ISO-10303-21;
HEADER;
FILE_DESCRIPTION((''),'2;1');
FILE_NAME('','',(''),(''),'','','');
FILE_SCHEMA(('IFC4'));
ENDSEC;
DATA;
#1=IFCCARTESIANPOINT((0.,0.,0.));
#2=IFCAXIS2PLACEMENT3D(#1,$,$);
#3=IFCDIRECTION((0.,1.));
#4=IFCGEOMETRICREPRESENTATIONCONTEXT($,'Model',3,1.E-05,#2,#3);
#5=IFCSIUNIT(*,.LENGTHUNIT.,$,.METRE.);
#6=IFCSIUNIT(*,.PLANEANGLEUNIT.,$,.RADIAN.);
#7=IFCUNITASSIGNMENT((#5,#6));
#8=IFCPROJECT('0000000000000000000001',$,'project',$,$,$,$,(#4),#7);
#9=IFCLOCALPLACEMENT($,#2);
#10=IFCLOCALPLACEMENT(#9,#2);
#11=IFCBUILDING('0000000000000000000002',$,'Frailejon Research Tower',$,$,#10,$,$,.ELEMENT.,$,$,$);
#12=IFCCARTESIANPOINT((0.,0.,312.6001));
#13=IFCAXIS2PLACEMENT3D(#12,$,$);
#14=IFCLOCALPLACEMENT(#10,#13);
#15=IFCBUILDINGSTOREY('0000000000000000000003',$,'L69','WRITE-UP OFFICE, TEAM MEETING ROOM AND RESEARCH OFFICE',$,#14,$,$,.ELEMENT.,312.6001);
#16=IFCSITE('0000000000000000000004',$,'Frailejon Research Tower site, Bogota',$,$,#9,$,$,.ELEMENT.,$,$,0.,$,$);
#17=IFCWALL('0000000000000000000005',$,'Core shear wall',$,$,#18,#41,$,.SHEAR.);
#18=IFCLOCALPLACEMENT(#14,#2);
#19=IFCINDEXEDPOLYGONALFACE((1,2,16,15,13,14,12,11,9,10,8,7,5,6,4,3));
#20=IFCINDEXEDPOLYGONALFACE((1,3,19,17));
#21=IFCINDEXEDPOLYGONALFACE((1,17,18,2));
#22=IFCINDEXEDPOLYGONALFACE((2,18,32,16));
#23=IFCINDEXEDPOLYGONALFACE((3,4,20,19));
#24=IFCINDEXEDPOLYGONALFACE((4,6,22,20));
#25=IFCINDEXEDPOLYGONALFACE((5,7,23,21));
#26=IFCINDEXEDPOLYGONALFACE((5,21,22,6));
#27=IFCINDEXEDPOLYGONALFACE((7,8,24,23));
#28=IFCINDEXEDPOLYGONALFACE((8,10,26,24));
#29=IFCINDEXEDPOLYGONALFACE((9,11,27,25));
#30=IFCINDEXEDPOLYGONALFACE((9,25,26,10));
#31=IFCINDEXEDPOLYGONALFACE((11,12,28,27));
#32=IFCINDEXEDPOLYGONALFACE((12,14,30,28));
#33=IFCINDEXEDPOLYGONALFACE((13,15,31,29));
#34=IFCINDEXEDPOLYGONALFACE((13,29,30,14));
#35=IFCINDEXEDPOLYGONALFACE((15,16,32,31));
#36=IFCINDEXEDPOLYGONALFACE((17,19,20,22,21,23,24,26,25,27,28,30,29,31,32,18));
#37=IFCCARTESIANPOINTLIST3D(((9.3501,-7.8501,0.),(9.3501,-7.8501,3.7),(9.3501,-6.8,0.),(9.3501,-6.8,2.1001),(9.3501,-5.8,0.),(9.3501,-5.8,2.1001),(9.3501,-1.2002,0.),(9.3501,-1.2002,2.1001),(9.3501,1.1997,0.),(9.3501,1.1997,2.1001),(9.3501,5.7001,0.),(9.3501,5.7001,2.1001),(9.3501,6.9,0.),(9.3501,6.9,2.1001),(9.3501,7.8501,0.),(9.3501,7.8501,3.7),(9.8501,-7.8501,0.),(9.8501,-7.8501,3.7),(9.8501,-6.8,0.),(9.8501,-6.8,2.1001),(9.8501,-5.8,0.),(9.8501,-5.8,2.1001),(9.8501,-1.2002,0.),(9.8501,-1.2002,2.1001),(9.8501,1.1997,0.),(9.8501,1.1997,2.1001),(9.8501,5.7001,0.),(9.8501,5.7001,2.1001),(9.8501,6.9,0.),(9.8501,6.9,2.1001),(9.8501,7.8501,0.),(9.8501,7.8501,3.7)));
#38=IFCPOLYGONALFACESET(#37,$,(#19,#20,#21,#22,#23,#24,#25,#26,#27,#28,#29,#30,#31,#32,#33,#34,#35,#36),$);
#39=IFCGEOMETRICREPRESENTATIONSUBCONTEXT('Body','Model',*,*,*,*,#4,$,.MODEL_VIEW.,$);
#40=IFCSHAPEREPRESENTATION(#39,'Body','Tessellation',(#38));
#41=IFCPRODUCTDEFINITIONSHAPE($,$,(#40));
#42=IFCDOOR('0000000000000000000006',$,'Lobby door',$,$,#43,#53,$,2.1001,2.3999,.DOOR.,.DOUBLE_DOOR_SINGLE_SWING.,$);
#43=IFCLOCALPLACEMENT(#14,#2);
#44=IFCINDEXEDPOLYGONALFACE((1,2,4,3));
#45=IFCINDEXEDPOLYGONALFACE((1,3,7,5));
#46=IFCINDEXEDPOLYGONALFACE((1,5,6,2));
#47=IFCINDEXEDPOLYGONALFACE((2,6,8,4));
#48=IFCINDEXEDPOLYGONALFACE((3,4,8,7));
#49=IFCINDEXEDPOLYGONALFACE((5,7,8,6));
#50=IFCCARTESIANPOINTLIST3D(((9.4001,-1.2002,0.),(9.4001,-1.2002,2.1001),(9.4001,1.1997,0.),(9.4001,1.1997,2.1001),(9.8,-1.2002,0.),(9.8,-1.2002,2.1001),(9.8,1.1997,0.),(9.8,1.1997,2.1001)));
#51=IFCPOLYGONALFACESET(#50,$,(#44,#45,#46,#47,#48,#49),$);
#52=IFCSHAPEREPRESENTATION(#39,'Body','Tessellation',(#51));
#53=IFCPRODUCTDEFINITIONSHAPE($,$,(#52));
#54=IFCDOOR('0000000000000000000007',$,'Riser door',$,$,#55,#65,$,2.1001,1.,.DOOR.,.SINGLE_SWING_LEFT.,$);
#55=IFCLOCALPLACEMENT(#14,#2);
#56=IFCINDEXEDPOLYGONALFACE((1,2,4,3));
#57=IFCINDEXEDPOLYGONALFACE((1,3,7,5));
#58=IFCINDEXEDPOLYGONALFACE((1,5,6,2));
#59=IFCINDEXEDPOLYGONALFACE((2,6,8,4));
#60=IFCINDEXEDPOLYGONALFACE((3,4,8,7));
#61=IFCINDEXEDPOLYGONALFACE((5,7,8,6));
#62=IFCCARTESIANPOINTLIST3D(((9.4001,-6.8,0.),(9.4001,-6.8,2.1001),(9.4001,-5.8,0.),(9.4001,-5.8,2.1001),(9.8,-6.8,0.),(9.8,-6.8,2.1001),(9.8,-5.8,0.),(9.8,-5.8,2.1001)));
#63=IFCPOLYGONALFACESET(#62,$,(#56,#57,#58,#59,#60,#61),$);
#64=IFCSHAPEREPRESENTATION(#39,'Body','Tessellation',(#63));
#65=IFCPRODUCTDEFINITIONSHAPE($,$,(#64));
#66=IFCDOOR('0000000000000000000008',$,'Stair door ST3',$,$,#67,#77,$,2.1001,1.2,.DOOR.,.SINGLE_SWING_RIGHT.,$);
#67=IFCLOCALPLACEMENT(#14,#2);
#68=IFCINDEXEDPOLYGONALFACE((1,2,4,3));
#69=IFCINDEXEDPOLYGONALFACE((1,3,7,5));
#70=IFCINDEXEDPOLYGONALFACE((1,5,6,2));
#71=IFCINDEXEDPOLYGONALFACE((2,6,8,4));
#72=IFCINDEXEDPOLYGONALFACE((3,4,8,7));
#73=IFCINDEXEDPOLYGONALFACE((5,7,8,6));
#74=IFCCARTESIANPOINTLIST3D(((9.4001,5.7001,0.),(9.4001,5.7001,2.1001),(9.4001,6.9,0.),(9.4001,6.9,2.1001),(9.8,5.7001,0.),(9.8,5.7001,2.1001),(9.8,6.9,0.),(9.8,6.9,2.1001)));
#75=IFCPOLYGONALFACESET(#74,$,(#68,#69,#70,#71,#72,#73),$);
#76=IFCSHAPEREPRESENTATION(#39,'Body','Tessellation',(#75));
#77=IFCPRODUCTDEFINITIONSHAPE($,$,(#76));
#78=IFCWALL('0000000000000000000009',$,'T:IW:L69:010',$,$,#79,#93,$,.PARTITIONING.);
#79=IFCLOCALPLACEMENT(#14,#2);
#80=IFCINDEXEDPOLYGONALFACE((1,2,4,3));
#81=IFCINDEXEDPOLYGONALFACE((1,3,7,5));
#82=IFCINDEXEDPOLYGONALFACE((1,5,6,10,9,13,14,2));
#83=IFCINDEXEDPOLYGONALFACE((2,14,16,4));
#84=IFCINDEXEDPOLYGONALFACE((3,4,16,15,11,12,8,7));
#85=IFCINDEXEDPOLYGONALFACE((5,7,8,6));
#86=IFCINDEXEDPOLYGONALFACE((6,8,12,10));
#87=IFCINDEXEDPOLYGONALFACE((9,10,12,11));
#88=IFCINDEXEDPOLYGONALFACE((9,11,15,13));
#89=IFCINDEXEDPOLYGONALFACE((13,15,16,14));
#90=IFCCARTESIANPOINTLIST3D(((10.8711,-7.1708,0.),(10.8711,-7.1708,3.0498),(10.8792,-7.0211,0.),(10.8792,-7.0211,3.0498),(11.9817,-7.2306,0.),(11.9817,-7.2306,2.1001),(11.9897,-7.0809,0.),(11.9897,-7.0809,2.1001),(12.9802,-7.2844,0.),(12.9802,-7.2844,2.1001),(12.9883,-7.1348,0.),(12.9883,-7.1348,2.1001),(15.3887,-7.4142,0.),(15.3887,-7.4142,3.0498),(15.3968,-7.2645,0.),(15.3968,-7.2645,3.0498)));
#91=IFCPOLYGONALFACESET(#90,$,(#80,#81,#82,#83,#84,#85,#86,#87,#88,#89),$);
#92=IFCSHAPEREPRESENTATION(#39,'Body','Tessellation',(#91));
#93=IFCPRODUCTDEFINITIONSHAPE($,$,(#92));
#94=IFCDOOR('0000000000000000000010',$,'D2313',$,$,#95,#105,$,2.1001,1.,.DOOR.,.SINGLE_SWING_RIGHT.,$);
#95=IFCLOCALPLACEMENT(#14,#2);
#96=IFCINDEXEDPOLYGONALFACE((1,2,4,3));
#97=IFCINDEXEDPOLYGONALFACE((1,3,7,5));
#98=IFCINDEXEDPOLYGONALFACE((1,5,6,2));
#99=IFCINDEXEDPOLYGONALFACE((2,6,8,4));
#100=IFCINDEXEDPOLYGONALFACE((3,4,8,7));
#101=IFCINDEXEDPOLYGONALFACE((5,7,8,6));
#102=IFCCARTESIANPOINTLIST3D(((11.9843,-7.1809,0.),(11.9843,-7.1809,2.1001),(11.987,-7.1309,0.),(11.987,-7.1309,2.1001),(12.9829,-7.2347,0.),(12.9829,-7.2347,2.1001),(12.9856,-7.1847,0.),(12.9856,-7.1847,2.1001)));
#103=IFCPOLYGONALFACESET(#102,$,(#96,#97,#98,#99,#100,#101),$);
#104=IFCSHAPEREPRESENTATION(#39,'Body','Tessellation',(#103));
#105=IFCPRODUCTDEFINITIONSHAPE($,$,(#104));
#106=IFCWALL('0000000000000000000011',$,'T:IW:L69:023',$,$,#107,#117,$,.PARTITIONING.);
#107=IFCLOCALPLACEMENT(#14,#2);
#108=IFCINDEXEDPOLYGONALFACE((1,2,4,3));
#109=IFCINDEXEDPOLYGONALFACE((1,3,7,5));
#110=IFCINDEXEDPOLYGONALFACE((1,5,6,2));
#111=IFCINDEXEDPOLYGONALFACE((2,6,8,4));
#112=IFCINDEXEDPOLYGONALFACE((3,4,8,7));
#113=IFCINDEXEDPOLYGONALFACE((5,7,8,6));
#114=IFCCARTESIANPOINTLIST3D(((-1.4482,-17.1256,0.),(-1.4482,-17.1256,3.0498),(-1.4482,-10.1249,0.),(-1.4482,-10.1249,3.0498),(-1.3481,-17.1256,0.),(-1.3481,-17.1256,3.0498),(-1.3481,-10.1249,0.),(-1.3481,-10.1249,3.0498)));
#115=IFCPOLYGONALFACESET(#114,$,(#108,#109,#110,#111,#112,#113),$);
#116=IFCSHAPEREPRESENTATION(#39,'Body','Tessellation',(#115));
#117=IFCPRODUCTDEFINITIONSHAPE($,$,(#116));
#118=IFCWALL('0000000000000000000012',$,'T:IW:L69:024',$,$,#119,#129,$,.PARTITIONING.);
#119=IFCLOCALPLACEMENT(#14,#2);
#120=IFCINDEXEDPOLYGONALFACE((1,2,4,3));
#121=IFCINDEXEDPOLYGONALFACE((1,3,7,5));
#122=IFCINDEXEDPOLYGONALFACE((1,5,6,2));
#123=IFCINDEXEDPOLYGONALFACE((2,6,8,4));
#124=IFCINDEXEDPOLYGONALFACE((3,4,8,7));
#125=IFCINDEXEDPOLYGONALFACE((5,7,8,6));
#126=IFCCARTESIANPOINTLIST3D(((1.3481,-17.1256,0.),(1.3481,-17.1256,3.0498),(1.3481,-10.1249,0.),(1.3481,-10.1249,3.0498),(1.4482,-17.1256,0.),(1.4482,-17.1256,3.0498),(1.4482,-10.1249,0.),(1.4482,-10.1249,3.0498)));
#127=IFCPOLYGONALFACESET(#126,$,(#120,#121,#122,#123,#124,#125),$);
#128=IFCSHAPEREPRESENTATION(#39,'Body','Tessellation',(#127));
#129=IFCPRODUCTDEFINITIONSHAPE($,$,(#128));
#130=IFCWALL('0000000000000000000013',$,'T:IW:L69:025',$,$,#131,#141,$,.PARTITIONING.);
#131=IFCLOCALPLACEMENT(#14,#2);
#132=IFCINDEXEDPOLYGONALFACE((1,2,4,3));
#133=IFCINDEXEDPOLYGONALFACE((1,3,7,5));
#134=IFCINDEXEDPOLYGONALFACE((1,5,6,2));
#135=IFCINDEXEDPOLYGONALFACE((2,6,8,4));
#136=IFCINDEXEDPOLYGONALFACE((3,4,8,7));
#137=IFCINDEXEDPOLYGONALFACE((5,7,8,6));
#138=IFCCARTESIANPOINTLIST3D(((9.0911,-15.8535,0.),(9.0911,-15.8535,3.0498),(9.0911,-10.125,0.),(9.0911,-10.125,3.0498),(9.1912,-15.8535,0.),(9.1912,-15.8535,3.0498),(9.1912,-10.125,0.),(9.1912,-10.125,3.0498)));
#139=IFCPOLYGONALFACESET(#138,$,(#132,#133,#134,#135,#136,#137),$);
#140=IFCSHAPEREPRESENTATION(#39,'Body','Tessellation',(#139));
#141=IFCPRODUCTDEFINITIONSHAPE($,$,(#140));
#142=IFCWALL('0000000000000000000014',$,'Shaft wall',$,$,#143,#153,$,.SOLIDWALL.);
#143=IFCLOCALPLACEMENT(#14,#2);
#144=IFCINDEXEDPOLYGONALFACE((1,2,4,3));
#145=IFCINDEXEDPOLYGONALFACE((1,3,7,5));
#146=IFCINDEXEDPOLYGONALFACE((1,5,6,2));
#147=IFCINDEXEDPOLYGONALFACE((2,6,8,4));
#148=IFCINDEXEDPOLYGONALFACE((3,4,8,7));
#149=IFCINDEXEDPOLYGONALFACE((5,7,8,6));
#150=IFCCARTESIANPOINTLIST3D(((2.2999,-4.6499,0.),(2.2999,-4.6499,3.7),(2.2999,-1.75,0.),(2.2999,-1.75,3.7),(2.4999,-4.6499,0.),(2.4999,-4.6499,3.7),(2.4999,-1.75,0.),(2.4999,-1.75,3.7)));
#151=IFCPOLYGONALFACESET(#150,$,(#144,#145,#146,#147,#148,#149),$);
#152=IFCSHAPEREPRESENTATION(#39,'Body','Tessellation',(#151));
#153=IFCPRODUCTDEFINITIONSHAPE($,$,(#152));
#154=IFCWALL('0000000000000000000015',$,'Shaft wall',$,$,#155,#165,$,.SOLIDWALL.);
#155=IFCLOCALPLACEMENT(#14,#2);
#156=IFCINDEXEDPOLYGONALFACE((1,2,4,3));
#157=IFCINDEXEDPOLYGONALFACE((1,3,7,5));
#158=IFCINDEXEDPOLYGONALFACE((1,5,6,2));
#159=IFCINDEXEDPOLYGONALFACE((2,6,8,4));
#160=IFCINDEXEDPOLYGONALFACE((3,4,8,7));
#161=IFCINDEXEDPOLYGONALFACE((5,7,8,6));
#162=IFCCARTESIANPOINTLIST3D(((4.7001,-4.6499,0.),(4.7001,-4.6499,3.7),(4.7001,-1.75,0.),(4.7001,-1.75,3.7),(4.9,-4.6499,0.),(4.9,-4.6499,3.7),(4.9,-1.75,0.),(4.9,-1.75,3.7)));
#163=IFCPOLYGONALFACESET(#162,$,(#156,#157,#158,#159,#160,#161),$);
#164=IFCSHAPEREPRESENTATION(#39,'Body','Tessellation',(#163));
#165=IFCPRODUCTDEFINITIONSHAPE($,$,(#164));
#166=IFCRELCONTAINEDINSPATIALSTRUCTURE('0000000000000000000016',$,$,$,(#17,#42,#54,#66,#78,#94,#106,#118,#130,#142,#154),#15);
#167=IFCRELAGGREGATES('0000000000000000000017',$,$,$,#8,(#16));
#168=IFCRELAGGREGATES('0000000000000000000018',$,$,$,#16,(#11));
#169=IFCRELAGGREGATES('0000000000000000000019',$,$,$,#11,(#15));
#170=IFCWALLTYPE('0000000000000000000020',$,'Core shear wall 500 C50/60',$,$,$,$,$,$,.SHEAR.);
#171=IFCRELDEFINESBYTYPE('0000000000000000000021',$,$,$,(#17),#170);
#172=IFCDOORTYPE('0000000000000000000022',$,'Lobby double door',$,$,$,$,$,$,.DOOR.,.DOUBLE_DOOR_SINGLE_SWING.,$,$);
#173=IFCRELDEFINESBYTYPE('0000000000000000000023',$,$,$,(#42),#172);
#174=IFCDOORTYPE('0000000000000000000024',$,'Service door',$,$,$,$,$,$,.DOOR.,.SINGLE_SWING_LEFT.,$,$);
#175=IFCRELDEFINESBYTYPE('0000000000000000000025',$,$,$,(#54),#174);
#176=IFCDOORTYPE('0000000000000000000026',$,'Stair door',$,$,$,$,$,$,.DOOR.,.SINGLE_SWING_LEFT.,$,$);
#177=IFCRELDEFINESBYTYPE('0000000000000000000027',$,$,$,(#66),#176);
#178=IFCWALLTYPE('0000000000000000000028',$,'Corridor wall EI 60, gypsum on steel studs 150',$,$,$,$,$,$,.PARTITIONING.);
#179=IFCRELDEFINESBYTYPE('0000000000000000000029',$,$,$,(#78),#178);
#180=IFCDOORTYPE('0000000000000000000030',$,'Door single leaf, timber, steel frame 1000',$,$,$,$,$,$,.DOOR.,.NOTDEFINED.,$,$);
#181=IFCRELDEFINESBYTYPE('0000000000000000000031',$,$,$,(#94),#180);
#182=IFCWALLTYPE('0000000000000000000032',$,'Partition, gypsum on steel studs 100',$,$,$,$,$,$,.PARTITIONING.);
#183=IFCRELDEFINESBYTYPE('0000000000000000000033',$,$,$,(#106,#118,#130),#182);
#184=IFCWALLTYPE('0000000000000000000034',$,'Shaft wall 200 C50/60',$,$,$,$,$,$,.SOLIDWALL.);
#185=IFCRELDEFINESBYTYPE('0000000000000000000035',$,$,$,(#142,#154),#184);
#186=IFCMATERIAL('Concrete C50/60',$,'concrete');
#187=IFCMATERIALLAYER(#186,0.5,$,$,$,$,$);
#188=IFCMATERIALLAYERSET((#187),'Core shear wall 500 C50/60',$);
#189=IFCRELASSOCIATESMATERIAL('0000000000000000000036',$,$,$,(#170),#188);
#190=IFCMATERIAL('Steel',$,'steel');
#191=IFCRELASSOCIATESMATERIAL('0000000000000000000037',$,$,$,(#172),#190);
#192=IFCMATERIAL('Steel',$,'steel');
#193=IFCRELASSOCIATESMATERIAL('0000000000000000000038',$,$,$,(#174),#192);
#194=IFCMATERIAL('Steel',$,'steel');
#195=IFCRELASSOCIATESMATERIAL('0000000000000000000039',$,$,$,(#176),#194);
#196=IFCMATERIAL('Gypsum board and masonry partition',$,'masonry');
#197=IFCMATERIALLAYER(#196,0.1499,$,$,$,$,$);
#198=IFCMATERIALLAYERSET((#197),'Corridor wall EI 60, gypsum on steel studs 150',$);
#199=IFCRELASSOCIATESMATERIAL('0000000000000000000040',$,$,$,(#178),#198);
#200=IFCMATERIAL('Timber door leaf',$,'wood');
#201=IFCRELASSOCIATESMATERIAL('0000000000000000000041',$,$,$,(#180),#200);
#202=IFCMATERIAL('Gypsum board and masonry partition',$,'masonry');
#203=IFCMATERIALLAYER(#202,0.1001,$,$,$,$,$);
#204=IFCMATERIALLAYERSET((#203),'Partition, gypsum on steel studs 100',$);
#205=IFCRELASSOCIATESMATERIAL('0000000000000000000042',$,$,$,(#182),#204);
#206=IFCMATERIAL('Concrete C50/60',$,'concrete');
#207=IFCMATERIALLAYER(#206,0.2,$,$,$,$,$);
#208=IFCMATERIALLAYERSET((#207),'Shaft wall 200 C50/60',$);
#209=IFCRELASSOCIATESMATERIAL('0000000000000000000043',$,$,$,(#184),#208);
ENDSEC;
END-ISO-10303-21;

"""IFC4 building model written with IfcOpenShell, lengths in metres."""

from ifc_helpers import new_model, si_unit, direction, frame, frame_2d, origin, place, context, subcontext, project, spatial, rectangle, extrude, material, layer, layer_set, type_object, element, fill, save


model = new_model("IFC4")

# Units and contexts
model_context = context("Model", 3, precision=1e-05, world=origin(), true_north=direction((0.0, 1.0)))
body_context = subcontext(model_context, "Body", "Model", "MODEL_VIEW")
ifc_project = project(units=[si_unit("LENGTHUNIT", "METRE"), si_unit("PLANEANGLEUNIT", "RADIAN")], contexts=[model_context])

# Site, building, storey
site_placement = place(None, origin())
site = spatial("IfcSite", under=ifc_project, at=site_placement, Name="Frailejon Research Tower site, Bogota", CompositionType="ELEMENT", RefElevation=0.0)
building_placement = place(site_placement, origin())
building = spatial("IfcBuilding", under=site, at=building_placement, Name="Frailejon Research Tower", CompositionType="ELEMENT")
storey_placement = place(building_placement, frame((0.0, 0.0, 312.6001)))
storey = spatial("IfcBuildingStorey", under=building, at=storey_placement, Name="L69", Description="WRITE-UP OFFICE, TEAM MEETING ROOM AND RESEARCH OFFICE", CompositionType="ELEMENT", Elevation=312.6001)

# Wall, openings, doors
ifc_material_1 = material(Name="Concrete C50/60", Category="concrete")
ifc_layer_1 = layer(ifc_material_1, 0.5)
ifc_layer_set_1 = layer_set([ifc_layer_1], Name="Core shear wall 500 C50/60")
wall_type_1 = type_object("IfcWallType", Name="Core shear wall 500 C50/60", PredefinedType="SHEAR", material=ifc_layer_set_1)
wall_1_placement = place(storey_placement, frame((9.6001, -7.8501, 0.0), z_axis=(0.0, 0.0, 1.0), x_axis=(0.0, 1.0, 0.0)))
wall_1 = element("IfcWall", 1, at=wall_1_placement, inside=storey, type_object=wall_type_1, Name="Core shear wall", PredefinedType="SHEAR", context=body_context, shape_type="SweptSolid", body=[
    extrude(rectangle(XDim=15.7002, YDim=0.5, at=frame_2d((7.8501, 0.0))), origin(), (0.0, 0.0, 1.0), 3.7),
])
opening_1_placement = place(wall_1_placement, frame((6.6499, 0.0, 0.0)))
opening_1 = element("IfcOpeningElement", 2, at=opening_1_placement, cuts=wall_1, PredefinedType="OPENING", context=body_context, shape_type="SweptSolid", body=[
    extrude(rectangle(XDim=2.3999, YDim=2.1001, at=frame_2d((1.2, 1.05))), frame((0.0, 0.26, 0.0), z_axis=(0.0, -1.0, 0.0), x_axis=(1.0, 0.0, 0.0)), (0.0, 0.0, 1.0), 0.52),
])
opening_2_placement = place(wall_1_placement, frame((13.55, 0.0, 0.0)))
opening_2 = element("IfcOpeningElement", 3, at=opening_2_placement, cuts=wall_1, PredefinedType="OPENING", context=body_context, shape_type="SweptSolid", body=[
    extrude(rectangle(XDim=1.2, YDim=2.1001, at=frame_2d((0.6001, 1.05))), frame((0.0, 0.26, 0.0), z_axis=(0.0, -1.0, 0.0), x_axis=(1.0, 0.0, 0.0)), (0.0, 0.0, 1.0), 0.52),
])
opening_3_placement = place(wall_1_placement, frame((1.05, 0.0, 0.0)))
opening_3 = element("IfcOpeningElement", 4, at=opening_3_placement, cuts=wall_1, PredefinedType="OPENING", context=body_context, shape_type="SweptSolid", body=[
    extrude(rectangle(XDim=1.0, YDim=2.1001, at=frame_2d((0.5, 1.05))), frame((0.0, 0.26, 0.0), z_axis=(0.0, -1.0, 0.0), x_axis=(1.0, 0.0, 0.0)), (0.0, 0.0, 1.0), 0.52),
])
ifc_material_2 = material(Name="Steel", Category="steel")
door_type_1 = type_object("IfcDoorType", Name="Lobby double door", OperationType="DOUBLE_DOOR_SINGLE_SWING", PredefinedType="DOOR", material=ifc_material_2)
door_1_placement = place(opening_1_placement, origin())
door_1 = element("IfcDoor", 5, at=door_1_placement, inside=storey, type_object=door_type_1, Name="Lobby door", OperationType="DOUBLE_DOOR_SINGLE_SWING", OverallHeight=2.1001, OverallWidth=2.3999, PredefinedType="DOOR", context=body_context, shape_type="SweptSolid", body=[
    extrude(rectangle(XDim=2.3999, YDim=2.1001, at=frame_2d((1.2, 1.05))), frame((0.0, 0.2, 0.0), z_axis=(0.0, -1.0, 0.0), x_axis=(1.0, 0.0, 0.0)), (0.0, 0.0, 1.0), 0.3999),
])
fill(opening_1, door_1)
ifc_material_3 = material(Name="Steel", Category="steel")
door_type_2 = type_object("IfcDoorType", Name="Service door", OperationType="SINGLE_SWING_LEFT", PredefinedType="DOOR", material=ifc_material_3)
door_2_placement = place(opening_3_placement, origin())
door_2 = element("IfcDoor", 6, at=door_2_placement, inside=storey, type_object=door_type_2, Name="Riser door", OperationType="SINGLE_SWING_LEFT", OverallHeight=2.1001, OverallWidth=1.0, PredefinedType="DOOR", context=body_context, shape_type="SweptSolid", body=[
    extrude(rectangle(XDim=1.0, YDim=2.1001, at=frame_2d((0.5, 1.05))), frame((0.0, 0.2, 0.0), z_axis=(0.0, -1.0, 0.0), x_axis=(1.0, 0.0, 0.0)), (0.0, 0.0, 1.0), 0.3999),
])
fill(opening_3, door_2)
ifc_material_4 = material(Name="Steel", Category="steel")
door_type_3 = type_object("IfcDoorType", Name="Stair door", OperationType="SINGLE_SWING_LEFT", PredefinedType="DOOR", material=ifc_material_4)
door_3_placement = place(opening_2_placement, origin())
door_3 = element("IfcDoor", 7, at=door_3_placement, inside=storey, type_object=door_type_3, Name="Stair door ST3", OperationType="SINGLE_SWING_RIGHT", OverallHeight=2.1001, OverallWidth=1.2, PredefinedType="DOOR", context=body_context, shape_type="SweptSolid", body=[
    extrude(rectangle(XDim=1.2, YDim=2.1001, at=frame_2d((0.6001, 1.05))), frame((0.0, 0.2, 0.0), z_axis=(0.0, -1.0, 0.0), x_axis=(1.0, 0.0, 0.0)), (0.0, 0.0, 1.0), 0.3999),
])
fill(opening_2, door_3)

# Wall, opening, door
ifc_material_5 = material(Name="Gypsum board and masonry partition", Category="masonry")
ifc_layer_2 = layer(ifc_material_5, 0.1499)
ifc_layer_set_2 = layer_set([ifc_layer_2], Name="Corridor wall EI 60, gypsum on steel studs 150")
wall_type_2 = type_object("IfcWallType", Name="Corridor wall EI 60, gypsum on steel studs 150", PredefinedType="PARTITIONING", material=ifc_layer_set_2)
wall_2_placement = place(storey_placement, frame((10.875, -7.0959, 0.0), z_axis=(0.0, 0.0, 1.0), x_axis=(0.998552, -0.053802, 0.0)))
wall_2 = element("IfcWall", 8, at=wall_2_placement, inside=storey, type_object=wall_type_2, Name="T:IW:L69:010", PredefinedType="PARTITIONING", context=body_context, shape_type="SweptSolid", body=[
    extrude(rectangle(XDim=4.5242, YDim=0.1499, at=frame_2d((2.2622, 0.0))), origin(), (0.0, 0.0, 1.0), 3.0498),
])
opening_4_placement = place(wall_2_placement, frame((1.1123, 0.0, 0.0)))
opening_4 = element("IfcOpeningElement", 9, at=opening_4_placement, cuts=wall_2, PredefinedType="OPENING", context=body_context, shape_type="SweptSolid", body=[
    extrude(rectangle(XDim=1.0, YDim=2.1001, at=frame_2d((0.5, 1.05))), frame((0.0, 0.085, 0.0), z_axis=(0.0, -1.0, 0.0), x_axis=(1.0, 0.0, 0.0)), (0.0, 0.0, 1.0), 0.1699),
])
ifc_material_6 = material(Name="Timber door leaf", Category="wood")
door_type_4 = type_object("IfcDoorType", Name="Door single leaf, timber, steel frame 1000", OperationType="NOTDEFINED", PredefinedType="DOOR", material=ifc_material_6)
door_4_placement = place(opening_4_placement, origin())
door_4 = element("IfcDoor", 10, at=door_4_placement, inside=storey, type_object=door_type_4, Name="D2313", OperationType="SINGLE_SWING_RIGHT", OverallHeight=2.1001, OverallWidth=1.0, PredefinedType="DOOR", context=body_context, shape_type="SweptSolid", body=[
    extrude(rectangle(XDim=1.0, YDim=2.1001, at=frame_2d((0.5, 1.05))), frame((0.0, 0.0249, 0.0), z_axis=(0.0, -1.0, 0.0), x_axis=(1.0, 0.0, 0.0)), (0.0, 0.0, 1.0), 0.05),
])
fill(opening_4, door_4)

# Walls
ifc_material_7 = material(Name="Gypsum board and masonry partition", Category="masonry")
ifc_layer_3 = layer(ifc_material_7, 0.1001)
ifc_layer_set_3 = layer_set([ifc_layer_3], Name="Partition, gypsum on steel studs 100")
wall_type_3 = type_object("IfcWallType", Name="Partition, gypsum on steel studs 100", PredefinedType="PARTITIONING", material=ifc_layer_set_3)
for number, where, z_axis, x_axis, name in (
    (11, (-1.3982, -17.1257, 0.0), (0.0, 0.0, 1.0), (0.0, 1.0, 0.0), "T:IW:L69:023"),
    (12, (1.3982, -17.1257, 0.0), (0.0, 0.0, 1.0), (0.0, 1.0, 0.0), "T:IW:L69:024"),
):
    element("IfcWall", number, at=place(storey_placement, frame(where, z_axis=z_axis, x_axis=x_axis)), inside=storey, type_object=wall_type_3, Name=name, PredefinedType="PARTITIONING", context=body_context, shape_type="SweptSolid", body=[
        extrude(rectangle(XDim=7.0007, YDim=0.1001, at=frame_2d((3.5005, 0.0))), origin(), (0.0, 0.0, 1.0), 3.0498),
    ])
wall_3_placement = place(storey_placement, frame((9.1411, -15.8535, 0.0), z_axis=(0.0, 0.0, 1.0), x_axis=(0.0, 1.0, 0.0)))
element("IfcWall", 13, at=wall_3_placement, inside=storey, type_object=wall_type_3, Name="T:IW:L69:025", PredefinedType="PARTITIONING", context=body_context, shape_type="SweptSolid", body=[
    extrude(rectangle(XDim=5.7285, YDim=0.1001, at=frame_2d((2.8643, 0.0))), origin(), (0.0, 0.0, 1.0), 3.0498),
])
ifc_material_8 = material(Name="Concrete C50/60", Category="concrete")
ifc_layer_4 = layer(ifc_material_8, 0.2)
ifc_layer_set_4 = layer_set([ifc_layer_4], Name="Shaft wall 200 C50/60")
wall_type_4 = type_object("IfcWallType", Name="Shaft wall 200 C50/60", PredefinedType="SOLIDWALL", material=ifc_layer_set_4)
for number, where, z_axis, x_axis, name in (
    (14, (2.3999, -4.6499, 0.0), (0.0, 0.0, 1.0), (0.0, 1.0, 0.0), "Shaft wall"),
    (15, (4.8, -4.6499, 0.0), (0.0, 0.0, 1.0), (0.0, 1.0, 0.0), "Shaft wall"),
):
    element("IfcWall", number, at=place(storey_placement, frame(where, z_axis=z_axis, x_axis=x_axis)), inside=storey, type_object=wall_type_4, Name=name, PredefinedType="SOLIDWALL", context=body_context, shape_type="SweptSolid", body=[
        extrude(rectangle(XDim=2.8999, YDim=0.2, at=frame_2d((1.45, 0.0))), origin(), (0.0, 0.0, 1.0), 3.7),
    ])

save(model, "model.ifc")
